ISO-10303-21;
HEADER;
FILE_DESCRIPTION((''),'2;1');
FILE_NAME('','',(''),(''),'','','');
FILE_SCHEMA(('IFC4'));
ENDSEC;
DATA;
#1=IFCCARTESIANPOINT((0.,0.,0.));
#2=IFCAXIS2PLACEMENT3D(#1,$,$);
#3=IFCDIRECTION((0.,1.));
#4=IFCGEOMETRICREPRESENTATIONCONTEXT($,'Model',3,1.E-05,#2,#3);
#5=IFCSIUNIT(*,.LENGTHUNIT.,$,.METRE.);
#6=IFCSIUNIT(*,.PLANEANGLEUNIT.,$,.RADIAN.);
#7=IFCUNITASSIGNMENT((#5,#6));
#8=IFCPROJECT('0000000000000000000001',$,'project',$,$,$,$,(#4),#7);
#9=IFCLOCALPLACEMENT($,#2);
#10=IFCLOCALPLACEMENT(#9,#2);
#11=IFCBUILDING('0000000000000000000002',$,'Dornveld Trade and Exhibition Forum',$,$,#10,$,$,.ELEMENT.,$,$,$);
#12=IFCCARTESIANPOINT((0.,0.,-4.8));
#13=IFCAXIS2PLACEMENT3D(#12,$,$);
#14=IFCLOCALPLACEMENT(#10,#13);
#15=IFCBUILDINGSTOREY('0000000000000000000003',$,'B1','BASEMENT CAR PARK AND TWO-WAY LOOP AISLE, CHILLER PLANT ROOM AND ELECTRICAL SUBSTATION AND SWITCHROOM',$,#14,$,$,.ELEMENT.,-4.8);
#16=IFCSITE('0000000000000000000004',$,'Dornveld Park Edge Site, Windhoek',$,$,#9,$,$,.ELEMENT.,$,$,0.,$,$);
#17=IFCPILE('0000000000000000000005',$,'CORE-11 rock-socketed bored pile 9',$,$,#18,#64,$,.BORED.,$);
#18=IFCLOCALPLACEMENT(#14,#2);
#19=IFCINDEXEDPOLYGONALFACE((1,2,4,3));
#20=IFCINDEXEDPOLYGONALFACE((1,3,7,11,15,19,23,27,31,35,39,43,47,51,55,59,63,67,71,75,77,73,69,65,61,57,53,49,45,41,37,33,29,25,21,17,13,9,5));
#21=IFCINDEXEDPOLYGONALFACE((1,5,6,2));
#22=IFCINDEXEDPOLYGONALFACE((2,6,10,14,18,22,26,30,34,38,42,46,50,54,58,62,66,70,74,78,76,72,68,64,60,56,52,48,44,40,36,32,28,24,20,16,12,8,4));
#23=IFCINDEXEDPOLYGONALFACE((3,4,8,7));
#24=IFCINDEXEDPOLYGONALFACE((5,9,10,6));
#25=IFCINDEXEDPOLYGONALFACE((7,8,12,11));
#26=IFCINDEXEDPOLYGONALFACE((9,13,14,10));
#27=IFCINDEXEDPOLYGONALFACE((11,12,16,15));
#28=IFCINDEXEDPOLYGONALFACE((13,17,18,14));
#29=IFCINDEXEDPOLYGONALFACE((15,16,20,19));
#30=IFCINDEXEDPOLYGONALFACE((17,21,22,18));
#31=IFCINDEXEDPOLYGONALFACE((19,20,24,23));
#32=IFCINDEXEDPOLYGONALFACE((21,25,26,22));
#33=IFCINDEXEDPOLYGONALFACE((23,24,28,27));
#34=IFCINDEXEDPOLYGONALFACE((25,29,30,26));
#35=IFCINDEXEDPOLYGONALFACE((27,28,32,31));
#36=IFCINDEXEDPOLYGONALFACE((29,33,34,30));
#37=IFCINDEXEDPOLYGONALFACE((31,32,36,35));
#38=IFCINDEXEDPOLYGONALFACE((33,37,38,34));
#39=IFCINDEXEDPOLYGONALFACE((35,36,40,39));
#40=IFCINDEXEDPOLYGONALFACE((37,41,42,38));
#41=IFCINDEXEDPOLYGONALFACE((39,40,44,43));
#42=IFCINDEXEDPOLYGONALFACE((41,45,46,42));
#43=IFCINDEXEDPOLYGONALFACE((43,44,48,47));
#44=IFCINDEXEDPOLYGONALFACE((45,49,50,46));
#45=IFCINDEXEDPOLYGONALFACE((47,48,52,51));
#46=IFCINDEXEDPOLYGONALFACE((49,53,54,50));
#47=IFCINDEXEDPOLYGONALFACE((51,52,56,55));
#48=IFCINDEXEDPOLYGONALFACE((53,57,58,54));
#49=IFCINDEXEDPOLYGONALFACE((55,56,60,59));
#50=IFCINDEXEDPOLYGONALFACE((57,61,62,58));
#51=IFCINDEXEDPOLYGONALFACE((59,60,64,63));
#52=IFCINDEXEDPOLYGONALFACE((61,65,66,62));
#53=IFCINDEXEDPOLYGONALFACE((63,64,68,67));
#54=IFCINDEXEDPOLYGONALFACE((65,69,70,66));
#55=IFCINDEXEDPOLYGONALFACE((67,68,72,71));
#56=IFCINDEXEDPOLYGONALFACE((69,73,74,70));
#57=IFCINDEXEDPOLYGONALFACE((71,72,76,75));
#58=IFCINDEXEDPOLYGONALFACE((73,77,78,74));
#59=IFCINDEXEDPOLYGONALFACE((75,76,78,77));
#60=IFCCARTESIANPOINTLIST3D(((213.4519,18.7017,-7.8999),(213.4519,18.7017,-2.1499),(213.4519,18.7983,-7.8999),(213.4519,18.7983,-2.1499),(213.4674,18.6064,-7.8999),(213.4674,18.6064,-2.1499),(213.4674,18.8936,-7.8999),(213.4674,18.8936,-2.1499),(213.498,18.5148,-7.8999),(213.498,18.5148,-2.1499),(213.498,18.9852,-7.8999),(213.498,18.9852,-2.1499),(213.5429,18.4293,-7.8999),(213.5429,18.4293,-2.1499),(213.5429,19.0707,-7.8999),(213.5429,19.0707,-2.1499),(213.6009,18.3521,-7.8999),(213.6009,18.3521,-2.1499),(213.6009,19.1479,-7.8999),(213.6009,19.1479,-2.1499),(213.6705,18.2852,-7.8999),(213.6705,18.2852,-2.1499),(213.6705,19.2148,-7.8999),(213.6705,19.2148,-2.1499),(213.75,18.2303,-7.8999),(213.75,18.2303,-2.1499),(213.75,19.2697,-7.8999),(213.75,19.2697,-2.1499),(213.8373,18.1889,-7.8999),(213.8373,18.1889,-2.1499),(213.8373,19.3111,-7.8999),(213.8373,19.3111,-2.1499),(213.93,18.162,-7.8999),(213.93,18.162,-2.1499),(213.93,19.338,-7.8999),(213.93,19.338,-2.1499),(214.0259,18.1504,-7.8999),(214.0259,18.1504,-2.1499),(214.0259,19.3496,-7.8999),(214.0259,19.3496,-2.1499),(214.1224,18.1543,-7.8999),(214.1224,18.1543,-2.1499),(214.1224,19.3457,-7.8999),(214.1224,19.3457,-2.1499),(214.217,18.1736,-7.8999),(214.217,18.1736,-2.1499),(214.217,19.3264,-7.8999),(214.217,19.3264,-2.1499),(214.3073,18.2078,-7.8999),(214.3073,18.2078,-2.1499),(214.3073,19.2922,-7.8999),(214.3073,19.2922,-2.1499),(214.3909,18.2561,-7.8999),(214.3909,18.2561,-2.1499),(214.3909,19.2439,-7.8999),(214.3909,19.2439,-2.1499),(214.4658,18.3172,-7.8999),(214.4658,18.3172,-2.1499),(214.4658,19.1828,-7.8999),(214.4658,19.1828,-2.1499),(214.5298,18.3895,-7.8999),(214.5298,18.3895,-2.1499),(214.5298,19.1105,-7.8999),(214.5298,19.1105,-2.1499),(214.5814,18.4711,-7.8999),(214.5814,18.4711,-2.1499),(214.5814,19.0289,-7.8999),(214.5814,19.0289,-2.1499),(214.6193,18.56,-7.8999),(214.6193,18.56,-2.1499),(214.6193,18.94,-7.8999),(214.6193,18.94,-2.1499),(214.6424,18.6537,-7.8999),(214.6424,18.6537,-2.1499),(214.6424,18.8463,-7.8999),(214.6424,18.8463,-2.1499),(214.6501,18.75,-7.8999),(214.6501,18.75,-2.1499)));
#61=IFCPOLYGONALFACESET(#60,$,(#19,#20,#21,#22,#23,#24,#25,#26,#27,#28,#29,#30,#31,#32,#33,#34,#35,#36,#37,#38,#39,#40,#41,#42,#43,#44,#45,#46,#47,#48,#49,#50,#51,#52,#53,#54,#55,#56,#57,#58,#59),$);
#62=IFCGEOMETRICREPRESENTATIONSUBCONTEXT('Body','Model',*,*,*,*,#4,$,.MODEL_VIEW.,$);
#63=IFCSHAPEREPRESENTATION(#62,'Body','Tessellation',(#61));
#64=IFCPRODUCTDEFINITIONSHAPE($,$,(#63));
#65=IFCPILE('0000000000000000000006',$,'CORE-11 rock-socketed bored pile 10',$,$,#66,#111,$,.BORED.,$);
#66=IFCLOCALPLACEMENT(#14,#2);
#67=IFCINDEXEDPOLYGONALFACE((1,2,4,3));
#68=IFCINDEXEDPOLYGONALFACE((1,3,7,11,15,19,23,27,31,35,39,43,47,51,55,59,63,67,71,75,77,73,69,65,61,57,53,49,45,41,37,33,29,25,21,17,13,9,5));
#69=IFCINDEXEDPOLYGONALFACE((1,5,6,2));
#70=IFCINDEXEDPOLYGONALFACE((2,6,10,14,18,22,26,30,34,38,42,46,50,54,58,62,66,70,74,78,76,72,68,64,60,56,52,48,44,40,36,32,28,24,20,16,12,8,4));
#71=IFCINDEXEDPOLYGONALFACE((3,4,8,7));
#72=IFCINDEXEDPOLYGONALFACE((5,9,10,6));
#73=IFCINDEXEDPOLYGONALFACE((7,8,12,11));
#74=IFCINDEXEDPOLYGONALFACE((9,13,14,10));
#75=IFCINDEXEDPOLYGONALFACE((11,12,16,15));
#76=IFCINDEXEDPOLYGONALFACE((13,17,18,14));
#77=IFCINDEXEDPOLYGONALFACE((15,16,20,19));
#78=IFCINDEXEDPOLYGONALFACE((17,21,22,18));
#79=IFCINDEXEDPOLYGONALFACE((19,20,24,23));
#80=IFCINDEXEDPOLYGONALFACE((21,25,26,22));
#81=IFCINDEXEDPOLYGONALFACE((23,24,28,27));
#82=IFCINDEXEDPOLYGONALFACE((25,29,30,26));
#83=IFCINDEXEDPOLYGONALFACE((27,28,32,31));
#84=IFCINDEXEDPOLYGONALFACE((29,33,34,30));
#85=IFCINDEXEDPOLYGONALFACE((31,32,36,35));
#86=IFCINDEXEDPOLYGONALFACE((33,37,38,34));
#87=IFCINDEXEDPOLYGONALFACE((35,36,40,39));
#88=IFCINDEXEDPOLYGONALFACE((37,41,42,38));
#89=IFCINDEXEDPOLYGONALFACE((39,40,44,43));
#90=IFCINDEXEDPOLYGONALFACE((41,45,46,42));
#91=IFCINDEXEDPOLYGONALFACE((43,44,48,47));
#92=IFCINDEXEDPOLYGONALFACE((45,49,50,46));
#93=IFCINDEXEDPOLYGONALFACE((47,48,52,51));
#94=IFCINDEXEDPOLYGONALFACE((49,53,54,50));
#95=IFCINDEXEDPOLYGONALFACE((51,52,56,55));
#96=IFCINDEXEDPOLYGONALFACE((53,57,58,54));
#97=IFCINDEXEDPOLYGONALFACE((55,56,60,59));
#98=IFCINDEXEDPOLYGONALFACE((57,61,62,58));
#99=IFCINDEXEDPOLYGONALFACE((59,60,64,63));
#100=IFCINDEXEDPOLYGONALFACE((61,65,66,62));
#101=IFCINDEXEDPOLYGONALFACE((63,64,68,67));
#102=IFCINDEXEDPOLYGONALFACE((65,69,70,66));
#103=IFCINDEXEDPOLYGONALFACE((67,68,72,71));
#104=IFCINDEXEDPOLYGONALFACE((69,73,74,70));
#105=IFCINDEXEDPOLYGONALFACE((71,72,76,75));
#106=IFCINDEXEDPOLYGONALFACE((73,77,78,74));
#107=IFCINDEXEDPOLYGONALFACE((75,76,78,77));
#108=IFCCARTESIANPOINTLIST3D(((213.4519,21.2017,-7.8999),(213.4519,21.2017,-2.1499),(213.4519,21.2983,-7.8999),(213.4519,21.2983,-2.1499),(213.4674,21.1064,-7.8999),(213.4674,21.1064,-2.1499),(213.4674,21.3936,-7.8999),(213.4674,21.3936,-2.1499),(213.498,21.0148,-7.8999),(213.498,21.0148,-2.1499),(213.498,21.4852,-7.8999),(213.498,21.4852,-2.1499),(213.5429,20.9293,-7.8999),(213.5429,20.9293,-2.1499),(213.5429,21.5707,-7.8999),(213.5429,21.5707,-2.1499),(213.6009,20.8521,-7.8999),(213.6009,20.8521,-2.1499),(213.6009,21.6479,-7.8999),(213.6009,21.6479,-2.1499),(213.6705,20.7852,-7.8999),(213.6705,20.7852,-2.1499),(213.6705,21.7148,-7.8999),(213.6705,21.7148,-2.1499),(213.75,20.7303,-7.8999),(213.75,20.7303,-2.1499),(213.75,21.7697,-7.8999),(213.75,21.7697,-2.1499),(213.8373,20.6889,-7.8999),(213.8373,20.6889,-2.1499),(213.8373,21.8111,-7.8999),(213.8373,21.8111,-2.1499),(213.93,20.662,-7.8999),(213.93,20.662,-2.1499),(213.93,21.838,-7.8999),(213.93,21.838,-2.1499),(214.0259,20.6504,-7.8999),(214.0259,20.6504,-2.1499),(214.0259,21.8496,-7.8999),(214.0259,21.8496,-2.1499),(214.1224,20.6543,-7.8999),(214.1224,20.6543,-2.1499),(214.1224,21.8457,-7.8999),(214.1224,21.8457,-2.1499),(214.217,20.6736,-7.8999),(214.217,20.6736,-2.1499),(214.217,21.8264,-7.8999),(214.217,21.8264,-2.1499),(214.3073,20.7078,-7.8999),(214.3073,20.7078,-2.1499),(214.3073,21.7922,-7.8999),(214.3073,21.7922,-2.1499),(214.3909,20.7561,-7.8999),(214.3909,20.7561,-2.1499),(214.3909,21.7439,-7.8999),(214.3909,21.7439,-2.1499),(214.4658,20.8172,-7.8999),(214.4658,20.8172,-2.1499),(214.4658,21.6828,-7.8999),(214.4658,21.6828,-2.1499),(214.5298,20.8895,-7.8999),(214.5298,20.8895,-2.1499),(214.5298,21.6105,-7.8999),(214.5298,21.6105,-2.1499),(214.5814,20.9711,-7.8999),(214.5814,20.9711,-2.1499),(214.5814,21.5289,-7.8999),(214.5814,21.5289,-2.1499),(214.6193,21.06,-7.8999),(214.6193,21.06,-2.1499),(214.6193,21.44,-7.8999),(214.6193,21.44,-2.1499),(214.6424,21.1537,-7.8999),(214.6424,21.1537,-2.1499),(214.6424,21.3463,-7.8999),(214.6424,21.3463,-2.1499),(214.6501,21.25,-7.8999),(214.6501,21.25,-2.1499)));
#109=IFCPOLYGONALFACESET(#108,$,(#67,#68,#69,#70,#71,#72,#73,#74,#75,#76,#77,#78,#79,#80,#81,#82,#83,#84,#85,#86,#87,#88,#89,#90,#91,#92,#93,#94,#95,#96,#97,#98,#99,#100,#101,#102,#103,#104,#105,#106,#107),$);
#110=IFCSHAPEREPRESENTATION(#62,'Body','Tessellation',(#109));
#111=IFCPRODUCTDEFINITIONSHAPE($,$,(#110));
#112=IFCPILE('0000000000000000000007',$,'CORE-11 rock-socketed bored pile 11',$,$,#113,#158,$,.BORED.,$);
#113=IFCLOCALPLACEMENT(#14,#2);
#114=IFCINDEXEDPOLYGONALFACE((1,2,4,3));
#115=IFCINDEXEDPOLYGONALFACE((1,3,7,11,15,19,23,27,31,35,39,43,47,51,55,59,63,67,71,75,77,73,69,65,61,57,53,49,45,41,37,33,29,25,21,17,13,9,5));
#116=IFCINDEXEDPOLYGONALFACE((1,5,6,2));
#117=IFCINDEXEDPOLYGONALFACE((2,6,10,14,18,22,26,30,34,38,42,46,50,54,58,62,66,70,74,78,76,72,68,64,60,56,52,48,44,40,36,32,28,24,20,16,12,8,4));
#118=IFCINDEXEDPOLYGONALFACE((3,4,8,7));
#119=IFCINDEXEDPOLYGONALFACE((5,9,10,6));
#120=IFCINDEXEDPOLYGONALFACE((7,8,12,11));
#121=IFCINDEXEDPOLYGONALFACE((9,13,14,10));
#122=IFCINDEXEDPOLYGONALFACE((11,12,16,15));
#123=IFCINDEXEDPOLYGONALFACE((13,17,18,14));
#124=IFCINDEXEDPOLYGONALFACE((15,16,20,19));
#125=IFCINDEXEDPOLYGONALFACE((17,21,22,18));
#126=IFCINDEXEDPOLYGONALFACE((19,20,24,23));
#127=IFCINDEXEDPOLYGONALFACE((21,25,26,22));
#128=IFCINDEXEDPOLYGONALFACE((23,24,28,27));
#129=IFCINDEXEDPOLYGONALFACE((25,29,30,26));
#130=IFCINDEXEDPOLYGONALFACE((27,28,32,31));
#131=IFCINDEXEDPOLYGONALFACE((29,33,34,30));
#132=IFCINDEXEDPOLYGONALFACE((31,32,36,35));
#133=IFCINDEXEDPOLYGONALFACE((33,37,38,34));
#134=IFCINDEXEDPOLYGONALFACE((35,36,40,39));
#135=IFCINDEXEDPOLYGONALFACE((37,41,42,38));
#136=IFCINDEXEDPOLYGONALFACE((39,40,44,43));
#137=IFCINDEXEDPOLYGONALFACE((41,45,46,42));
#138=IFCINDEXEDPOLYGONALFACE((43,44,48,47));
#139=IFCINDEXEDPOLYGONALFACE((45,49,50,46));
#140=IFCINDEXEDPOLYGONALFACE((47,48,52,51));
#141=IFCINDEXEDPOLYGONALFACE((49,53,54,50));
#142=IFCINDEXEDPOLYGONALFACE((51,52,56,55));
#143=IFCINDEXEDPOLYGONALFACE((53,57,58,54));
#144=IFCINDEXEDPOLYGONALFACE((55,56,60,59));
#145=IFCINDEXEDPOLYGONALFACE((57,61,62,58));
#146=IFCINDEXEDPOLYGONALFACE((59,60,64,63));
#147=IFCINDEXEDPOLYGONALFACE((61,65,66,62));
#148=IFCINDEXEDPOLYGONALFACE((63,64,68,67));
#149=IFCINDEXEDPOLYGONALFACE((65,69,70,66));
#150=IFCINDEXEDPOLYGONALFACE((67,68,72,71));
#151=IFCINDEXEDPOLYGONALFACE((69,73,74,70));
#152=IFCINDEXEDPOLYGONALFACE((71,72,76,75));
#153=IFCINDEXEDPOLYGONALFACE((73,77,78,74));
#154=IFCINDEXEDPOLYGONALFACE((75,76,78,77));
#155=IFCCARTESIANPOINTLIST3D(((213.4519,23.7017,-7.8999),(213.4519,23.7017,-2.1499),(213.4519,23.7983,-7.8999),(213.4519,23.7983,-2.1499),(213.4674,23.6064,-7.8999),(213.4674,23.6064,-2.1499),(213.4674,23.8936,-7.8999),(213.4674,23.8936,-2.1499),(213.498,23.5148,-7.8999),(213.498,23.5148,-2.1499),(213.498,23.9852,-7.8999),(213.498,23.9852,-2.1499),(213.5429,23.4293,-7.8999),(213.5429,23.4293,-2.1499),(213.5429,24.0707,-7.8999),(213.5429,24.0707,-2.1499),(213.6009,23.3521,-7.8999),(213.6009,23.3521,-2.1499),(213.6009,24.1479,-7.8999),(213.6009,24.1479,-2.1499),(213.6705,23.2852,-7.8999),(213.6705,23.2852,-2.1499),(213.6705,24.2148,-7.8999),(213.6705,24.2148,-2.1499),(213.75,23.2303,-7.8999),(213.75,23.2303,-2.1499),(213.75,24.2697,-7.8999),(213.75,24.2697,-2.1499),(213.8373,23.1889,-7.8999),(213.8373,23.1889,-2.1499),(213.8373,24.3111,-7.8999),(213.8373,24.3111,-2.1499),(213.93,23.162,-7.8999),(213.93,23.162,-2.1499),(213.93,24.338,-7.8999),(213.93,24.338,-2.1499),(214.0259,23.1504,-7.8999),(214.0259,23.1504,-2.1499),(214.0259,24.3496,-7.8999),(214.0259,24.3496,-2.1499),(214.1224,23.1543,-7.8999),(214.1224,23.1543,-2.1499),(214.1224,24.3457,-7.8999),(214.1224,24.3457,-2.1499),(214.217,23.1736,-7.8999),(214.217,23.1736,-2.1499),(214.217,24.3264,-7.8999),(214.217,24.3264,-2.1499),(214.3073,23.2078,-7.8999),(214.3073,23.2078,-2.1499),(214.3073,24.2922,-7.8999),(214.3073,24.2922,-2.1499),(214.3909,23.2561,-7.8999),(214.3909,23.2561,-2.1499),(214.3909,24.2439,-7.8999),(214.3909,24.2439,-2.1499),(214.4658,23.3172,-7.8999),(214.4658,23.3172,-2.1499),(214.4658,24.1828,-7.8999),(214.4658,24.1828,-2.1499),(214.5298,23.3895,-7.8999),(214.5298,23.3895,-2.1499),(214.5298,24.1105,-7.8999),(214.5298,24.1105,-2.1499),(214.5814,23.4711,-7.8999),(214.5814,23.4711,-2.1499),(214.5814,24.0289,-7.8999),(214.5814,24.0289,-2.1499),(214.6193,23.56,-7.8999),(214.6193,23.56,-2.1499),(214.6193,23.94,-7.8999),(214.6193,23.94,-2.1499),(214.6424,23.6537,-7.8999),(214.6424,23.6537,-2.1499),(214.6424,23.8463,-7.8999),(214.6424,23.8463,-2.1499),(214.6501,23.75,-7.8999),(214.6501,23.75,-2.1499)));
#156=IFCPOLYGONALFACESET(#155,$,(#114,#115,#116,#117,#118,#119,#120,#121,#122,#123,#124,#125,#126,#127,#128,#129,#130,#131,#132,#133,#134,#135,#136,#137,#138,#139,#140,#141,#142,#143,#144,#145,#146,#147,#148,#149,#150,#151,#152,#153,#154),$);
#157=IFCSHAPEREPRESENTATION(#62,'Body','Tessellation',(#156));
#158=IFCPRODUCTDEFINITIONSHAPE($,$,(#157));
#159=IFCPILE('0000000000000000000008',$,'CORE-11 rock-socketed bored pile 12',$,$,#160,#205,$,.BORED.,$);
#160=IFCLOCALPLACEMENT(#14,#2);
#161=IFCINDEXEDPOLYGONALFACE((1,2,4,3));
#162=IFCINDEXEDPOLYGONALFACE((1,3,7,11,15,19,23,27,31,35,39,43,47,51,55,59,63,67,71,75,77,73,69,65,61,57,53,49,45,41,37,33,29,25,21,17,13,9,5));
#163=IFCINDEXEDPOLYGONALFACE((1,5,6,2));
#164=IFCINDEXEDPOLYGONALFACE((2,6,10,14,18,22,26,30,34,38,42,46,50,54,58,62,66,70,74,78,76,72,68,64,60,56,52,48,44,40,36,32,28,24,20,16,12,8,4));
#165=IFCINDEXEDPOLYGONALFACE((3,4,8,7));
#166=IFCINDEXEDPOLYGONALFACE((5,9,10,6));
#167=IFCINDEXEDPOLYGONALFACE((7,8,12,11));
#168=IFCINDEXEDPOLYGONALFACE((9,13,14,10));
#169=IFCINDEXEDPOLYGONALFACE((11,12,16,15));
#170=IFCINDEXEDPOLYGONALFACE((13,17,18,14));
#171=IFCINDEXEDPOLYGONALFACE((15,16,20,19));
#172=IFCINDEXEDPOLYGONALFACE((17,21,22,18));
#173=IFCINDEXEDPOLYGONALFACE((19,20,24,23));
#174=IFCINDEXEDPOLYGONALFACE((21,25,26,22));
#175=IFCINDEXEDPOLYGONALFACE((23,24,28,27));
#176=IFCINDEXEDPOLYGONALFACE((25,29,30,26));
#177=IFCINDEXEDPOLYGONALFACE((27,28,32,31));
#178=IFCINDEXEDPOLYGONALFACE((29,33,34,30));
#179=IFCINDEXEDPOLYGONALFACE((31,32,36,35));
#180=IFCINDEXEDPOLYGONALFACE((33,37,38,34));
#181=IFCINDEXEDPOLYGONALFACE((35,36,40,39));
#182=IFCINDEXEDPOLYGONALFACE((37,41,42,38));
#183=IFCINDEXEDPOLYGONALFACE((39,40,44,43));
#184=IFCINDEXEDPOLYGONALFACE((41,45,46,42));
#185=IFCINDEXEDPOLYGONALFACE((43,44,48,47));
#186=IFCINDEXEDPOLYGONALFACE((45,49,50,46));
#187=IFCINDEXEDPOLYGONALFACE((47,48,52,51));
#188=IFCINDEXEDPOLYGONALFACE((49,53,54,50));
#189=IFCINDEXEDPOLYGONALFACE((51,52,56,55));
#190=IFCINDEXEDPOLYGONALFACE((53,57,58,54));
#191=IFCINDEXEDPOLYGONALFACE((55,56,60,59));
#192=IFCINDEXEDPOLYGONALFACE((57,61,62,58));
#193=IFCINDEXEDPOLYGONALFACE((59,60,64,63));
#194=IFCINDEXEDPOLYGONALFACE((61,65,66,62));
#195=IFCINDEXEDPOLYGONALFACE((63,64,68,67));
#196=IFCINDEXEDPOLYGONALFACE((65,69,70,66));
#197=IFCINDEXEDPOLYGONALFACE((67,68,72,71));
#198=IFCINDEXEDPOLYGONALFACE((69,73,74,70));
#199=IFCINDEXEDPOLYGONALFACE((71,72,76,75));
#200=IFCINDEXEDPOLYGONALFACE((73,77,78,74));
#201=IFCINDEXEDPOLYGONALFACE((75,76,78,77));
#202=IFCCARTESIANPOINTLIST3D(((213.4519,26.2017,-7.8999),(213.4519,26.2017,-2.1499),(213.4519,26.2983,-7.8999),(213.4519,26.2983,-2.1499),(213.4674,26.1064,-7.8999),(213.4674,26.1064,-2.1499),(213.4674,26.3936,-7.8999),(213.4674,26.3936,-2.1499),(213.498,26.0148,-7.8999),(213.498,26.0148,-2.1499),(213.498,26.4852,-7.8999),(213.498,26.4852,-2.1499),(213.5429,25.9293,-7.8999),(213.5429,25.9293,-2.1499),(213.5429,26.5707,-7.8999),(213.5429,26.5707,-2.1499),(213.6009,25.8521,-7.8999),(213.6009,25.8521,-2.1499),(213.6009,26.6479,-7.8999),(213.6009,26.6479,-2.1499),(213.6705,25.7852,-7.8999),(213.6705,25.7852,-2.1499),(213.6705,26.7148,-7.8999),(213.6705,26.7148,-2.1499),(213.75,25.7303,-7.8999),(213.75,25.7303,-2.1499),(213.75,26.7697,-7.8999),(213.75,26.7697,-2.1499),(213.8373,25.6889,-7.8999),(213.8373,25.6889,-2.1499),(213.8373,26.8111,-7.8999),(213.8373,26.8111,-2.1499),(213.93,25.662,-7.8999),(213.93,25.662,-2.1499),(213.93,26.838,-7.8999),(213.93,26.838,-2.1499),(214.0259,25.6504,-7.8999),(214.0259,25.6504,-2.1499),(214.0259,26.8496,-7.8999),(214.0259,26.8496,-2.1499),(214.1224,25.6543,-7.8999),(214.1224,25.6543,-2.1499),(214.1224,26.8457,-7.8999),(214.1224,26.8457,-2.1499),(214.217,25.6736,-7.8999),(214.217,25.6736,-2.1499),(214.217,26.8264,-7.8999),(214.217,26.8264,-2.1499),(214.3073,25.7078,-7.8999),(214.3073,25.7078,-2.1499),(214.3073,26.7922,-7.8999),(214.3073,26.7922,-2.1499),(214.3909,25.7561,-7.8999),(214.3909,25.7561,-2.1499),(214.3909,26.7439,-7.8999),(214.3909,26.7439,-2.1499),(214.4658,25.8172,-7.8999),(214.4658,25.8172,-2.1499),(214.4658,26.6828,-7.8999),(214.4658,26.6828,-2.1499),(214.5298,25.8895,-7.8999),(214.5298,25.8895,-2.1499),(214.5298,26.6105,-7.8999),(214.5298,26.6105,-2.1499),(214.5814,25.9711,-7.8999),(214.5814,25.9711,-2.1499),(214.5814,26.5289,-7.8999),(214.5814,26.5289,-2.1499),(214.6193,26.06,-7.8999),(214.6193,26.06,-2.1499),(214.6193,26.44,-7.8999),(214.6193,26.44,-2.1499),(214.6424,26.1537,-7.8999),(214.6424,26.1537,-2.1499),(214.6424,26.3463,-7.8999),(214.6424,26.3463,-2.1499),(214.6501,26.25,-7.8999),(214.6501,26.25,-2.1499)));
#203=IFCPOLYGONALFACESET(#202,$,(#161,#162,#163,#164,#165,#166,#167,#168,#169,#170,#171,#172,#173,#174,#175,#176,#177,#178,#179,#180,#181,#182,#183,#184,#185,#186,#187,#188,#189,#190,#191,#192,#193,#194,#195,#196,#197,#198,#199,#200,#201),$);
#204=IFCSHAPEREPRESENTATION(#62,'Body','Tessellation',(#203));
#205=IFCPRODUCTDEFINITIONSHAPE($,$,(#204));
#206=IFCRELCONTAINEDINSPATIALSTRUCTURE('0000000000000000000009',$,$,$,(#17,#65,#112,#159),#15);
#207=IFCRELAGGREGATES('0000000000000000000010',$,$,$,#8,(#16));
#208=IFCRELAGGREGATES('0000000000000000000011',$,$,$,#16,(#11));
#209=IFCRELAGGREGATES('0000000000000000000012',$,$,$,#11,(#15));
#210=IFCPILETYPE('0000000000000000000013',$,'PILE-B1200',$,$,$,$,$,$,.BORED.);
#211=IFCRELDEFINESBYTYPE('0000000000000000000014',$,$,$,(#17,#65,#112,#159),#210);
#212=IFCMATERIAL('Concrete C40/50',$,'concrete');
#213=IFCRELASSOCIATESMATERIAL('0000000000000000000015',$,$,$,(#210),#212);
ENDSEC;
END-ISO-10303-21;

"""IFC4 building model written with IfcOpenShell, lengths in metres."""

from ifc_helpers import new_model, si_unit, direction, frame, origin, origin_2d, place, context, subcontext, project, spatial, circle, extrude, material, material_profile, profile_set, type_object, element, save


model = new_model("IFC4")

# Units and contexts
model_context = context("Model", 3, precision=1e-05, world=origin(), true_north=direction((0.0, 1.0)))
body_context = subcontext(model_context, "Body", "Model", "MODEL_VIEW")
ifc_project = project(units=[si_unit("LENGTHUNIT", "METRE"), si_unit("PLANEANGLEUNIT", "RADIAN")], contexts=[model_context])

# Site, building, storey
site_placement = place(None, origin())
site = spatial("IfcSite", under=ifc_project, at=site_placement, Name="Dornveld Park Edge Site, Windhoek", CompositionType="ELEMENT", RefElevation=0.0)
building_placement = place(site_placement, origin())
building = spatial("IfcBuilding", under=site, at=building_placement, Name="Dornveld Trade and Exhibition Forum", CompositionType="ELEMENT")
storey_placement = place(building_placement, frame((0.0, 0.0, -4.8)))
storey = spatial("IfcBuildingStorey", under=building, at=storey_placement, Name="B1", Description="BASEMENT CAR PARK AND TWO-WAY LOOP AISLE, CHILLER PLANT ROOM AND ELECTRICAL SUBSTATION AND SWITCHROOM", CompositionType="ELEMENT", Elevation=-4.8)

# Piles
ifc_material_1 = material(Name="Concrete C40/50", Category="concrete")
ifc_material_profile_1 = material_profile(ifc_material_1, circle(Radius=0.6001, at=origin_2d()), Name="PILE D1200")
ifc_profile_set_1 = profile_set([ifc_material_profile_1], Name="Concrete C40/50")
pile_type_1 = type_object("IfcPileType", Name="PILE-B1200", PredefinedType="BORED", material=ifc_profile_set_1)
for number, where, z_axis, x_axis, name in (
    (1, (214.05, 18.75, -2.1499), (0.0, 0.0, -1.0), (1.0, 0.0, 0.0), "CORE-11 rock-socketed bored pile 9"),
    (2, (214.05, 21.25, -2.1499), (0.0, 0.0, -1.0), (1.0, 0.0, 0.0), "CORE-11 rock-socketed bored pile 10"),
    (3, (214.05, 23.75, -2.1499), (0.0, 0.0, -1.0), (1.0, 0.0, 0.0), "CORE-11 rock-socketed bored pile 11"),
    (4, (214.05, 26.25, -2.1499), (0.0, 0.0, -1.0), (1.0, 0.0, 0.0), "CORE-11 rock-socketed bored pile 12"),
):
    element("IfcPile", number, at=place(storey_placement, frame(where, z_axis=z_axis, x_axis=x_axis)), inside=storey, type_object=pile_type_1, Name=name, PredefinedType="BORED", context=body_context, shape_type="SweptSolid", body=[
        extrude(circle(Radius=0.6001, at=origin_2d()), origin(), (0.0, 0.0, 1.0), 5.75),
    ])

save(model, "model.ifc")
